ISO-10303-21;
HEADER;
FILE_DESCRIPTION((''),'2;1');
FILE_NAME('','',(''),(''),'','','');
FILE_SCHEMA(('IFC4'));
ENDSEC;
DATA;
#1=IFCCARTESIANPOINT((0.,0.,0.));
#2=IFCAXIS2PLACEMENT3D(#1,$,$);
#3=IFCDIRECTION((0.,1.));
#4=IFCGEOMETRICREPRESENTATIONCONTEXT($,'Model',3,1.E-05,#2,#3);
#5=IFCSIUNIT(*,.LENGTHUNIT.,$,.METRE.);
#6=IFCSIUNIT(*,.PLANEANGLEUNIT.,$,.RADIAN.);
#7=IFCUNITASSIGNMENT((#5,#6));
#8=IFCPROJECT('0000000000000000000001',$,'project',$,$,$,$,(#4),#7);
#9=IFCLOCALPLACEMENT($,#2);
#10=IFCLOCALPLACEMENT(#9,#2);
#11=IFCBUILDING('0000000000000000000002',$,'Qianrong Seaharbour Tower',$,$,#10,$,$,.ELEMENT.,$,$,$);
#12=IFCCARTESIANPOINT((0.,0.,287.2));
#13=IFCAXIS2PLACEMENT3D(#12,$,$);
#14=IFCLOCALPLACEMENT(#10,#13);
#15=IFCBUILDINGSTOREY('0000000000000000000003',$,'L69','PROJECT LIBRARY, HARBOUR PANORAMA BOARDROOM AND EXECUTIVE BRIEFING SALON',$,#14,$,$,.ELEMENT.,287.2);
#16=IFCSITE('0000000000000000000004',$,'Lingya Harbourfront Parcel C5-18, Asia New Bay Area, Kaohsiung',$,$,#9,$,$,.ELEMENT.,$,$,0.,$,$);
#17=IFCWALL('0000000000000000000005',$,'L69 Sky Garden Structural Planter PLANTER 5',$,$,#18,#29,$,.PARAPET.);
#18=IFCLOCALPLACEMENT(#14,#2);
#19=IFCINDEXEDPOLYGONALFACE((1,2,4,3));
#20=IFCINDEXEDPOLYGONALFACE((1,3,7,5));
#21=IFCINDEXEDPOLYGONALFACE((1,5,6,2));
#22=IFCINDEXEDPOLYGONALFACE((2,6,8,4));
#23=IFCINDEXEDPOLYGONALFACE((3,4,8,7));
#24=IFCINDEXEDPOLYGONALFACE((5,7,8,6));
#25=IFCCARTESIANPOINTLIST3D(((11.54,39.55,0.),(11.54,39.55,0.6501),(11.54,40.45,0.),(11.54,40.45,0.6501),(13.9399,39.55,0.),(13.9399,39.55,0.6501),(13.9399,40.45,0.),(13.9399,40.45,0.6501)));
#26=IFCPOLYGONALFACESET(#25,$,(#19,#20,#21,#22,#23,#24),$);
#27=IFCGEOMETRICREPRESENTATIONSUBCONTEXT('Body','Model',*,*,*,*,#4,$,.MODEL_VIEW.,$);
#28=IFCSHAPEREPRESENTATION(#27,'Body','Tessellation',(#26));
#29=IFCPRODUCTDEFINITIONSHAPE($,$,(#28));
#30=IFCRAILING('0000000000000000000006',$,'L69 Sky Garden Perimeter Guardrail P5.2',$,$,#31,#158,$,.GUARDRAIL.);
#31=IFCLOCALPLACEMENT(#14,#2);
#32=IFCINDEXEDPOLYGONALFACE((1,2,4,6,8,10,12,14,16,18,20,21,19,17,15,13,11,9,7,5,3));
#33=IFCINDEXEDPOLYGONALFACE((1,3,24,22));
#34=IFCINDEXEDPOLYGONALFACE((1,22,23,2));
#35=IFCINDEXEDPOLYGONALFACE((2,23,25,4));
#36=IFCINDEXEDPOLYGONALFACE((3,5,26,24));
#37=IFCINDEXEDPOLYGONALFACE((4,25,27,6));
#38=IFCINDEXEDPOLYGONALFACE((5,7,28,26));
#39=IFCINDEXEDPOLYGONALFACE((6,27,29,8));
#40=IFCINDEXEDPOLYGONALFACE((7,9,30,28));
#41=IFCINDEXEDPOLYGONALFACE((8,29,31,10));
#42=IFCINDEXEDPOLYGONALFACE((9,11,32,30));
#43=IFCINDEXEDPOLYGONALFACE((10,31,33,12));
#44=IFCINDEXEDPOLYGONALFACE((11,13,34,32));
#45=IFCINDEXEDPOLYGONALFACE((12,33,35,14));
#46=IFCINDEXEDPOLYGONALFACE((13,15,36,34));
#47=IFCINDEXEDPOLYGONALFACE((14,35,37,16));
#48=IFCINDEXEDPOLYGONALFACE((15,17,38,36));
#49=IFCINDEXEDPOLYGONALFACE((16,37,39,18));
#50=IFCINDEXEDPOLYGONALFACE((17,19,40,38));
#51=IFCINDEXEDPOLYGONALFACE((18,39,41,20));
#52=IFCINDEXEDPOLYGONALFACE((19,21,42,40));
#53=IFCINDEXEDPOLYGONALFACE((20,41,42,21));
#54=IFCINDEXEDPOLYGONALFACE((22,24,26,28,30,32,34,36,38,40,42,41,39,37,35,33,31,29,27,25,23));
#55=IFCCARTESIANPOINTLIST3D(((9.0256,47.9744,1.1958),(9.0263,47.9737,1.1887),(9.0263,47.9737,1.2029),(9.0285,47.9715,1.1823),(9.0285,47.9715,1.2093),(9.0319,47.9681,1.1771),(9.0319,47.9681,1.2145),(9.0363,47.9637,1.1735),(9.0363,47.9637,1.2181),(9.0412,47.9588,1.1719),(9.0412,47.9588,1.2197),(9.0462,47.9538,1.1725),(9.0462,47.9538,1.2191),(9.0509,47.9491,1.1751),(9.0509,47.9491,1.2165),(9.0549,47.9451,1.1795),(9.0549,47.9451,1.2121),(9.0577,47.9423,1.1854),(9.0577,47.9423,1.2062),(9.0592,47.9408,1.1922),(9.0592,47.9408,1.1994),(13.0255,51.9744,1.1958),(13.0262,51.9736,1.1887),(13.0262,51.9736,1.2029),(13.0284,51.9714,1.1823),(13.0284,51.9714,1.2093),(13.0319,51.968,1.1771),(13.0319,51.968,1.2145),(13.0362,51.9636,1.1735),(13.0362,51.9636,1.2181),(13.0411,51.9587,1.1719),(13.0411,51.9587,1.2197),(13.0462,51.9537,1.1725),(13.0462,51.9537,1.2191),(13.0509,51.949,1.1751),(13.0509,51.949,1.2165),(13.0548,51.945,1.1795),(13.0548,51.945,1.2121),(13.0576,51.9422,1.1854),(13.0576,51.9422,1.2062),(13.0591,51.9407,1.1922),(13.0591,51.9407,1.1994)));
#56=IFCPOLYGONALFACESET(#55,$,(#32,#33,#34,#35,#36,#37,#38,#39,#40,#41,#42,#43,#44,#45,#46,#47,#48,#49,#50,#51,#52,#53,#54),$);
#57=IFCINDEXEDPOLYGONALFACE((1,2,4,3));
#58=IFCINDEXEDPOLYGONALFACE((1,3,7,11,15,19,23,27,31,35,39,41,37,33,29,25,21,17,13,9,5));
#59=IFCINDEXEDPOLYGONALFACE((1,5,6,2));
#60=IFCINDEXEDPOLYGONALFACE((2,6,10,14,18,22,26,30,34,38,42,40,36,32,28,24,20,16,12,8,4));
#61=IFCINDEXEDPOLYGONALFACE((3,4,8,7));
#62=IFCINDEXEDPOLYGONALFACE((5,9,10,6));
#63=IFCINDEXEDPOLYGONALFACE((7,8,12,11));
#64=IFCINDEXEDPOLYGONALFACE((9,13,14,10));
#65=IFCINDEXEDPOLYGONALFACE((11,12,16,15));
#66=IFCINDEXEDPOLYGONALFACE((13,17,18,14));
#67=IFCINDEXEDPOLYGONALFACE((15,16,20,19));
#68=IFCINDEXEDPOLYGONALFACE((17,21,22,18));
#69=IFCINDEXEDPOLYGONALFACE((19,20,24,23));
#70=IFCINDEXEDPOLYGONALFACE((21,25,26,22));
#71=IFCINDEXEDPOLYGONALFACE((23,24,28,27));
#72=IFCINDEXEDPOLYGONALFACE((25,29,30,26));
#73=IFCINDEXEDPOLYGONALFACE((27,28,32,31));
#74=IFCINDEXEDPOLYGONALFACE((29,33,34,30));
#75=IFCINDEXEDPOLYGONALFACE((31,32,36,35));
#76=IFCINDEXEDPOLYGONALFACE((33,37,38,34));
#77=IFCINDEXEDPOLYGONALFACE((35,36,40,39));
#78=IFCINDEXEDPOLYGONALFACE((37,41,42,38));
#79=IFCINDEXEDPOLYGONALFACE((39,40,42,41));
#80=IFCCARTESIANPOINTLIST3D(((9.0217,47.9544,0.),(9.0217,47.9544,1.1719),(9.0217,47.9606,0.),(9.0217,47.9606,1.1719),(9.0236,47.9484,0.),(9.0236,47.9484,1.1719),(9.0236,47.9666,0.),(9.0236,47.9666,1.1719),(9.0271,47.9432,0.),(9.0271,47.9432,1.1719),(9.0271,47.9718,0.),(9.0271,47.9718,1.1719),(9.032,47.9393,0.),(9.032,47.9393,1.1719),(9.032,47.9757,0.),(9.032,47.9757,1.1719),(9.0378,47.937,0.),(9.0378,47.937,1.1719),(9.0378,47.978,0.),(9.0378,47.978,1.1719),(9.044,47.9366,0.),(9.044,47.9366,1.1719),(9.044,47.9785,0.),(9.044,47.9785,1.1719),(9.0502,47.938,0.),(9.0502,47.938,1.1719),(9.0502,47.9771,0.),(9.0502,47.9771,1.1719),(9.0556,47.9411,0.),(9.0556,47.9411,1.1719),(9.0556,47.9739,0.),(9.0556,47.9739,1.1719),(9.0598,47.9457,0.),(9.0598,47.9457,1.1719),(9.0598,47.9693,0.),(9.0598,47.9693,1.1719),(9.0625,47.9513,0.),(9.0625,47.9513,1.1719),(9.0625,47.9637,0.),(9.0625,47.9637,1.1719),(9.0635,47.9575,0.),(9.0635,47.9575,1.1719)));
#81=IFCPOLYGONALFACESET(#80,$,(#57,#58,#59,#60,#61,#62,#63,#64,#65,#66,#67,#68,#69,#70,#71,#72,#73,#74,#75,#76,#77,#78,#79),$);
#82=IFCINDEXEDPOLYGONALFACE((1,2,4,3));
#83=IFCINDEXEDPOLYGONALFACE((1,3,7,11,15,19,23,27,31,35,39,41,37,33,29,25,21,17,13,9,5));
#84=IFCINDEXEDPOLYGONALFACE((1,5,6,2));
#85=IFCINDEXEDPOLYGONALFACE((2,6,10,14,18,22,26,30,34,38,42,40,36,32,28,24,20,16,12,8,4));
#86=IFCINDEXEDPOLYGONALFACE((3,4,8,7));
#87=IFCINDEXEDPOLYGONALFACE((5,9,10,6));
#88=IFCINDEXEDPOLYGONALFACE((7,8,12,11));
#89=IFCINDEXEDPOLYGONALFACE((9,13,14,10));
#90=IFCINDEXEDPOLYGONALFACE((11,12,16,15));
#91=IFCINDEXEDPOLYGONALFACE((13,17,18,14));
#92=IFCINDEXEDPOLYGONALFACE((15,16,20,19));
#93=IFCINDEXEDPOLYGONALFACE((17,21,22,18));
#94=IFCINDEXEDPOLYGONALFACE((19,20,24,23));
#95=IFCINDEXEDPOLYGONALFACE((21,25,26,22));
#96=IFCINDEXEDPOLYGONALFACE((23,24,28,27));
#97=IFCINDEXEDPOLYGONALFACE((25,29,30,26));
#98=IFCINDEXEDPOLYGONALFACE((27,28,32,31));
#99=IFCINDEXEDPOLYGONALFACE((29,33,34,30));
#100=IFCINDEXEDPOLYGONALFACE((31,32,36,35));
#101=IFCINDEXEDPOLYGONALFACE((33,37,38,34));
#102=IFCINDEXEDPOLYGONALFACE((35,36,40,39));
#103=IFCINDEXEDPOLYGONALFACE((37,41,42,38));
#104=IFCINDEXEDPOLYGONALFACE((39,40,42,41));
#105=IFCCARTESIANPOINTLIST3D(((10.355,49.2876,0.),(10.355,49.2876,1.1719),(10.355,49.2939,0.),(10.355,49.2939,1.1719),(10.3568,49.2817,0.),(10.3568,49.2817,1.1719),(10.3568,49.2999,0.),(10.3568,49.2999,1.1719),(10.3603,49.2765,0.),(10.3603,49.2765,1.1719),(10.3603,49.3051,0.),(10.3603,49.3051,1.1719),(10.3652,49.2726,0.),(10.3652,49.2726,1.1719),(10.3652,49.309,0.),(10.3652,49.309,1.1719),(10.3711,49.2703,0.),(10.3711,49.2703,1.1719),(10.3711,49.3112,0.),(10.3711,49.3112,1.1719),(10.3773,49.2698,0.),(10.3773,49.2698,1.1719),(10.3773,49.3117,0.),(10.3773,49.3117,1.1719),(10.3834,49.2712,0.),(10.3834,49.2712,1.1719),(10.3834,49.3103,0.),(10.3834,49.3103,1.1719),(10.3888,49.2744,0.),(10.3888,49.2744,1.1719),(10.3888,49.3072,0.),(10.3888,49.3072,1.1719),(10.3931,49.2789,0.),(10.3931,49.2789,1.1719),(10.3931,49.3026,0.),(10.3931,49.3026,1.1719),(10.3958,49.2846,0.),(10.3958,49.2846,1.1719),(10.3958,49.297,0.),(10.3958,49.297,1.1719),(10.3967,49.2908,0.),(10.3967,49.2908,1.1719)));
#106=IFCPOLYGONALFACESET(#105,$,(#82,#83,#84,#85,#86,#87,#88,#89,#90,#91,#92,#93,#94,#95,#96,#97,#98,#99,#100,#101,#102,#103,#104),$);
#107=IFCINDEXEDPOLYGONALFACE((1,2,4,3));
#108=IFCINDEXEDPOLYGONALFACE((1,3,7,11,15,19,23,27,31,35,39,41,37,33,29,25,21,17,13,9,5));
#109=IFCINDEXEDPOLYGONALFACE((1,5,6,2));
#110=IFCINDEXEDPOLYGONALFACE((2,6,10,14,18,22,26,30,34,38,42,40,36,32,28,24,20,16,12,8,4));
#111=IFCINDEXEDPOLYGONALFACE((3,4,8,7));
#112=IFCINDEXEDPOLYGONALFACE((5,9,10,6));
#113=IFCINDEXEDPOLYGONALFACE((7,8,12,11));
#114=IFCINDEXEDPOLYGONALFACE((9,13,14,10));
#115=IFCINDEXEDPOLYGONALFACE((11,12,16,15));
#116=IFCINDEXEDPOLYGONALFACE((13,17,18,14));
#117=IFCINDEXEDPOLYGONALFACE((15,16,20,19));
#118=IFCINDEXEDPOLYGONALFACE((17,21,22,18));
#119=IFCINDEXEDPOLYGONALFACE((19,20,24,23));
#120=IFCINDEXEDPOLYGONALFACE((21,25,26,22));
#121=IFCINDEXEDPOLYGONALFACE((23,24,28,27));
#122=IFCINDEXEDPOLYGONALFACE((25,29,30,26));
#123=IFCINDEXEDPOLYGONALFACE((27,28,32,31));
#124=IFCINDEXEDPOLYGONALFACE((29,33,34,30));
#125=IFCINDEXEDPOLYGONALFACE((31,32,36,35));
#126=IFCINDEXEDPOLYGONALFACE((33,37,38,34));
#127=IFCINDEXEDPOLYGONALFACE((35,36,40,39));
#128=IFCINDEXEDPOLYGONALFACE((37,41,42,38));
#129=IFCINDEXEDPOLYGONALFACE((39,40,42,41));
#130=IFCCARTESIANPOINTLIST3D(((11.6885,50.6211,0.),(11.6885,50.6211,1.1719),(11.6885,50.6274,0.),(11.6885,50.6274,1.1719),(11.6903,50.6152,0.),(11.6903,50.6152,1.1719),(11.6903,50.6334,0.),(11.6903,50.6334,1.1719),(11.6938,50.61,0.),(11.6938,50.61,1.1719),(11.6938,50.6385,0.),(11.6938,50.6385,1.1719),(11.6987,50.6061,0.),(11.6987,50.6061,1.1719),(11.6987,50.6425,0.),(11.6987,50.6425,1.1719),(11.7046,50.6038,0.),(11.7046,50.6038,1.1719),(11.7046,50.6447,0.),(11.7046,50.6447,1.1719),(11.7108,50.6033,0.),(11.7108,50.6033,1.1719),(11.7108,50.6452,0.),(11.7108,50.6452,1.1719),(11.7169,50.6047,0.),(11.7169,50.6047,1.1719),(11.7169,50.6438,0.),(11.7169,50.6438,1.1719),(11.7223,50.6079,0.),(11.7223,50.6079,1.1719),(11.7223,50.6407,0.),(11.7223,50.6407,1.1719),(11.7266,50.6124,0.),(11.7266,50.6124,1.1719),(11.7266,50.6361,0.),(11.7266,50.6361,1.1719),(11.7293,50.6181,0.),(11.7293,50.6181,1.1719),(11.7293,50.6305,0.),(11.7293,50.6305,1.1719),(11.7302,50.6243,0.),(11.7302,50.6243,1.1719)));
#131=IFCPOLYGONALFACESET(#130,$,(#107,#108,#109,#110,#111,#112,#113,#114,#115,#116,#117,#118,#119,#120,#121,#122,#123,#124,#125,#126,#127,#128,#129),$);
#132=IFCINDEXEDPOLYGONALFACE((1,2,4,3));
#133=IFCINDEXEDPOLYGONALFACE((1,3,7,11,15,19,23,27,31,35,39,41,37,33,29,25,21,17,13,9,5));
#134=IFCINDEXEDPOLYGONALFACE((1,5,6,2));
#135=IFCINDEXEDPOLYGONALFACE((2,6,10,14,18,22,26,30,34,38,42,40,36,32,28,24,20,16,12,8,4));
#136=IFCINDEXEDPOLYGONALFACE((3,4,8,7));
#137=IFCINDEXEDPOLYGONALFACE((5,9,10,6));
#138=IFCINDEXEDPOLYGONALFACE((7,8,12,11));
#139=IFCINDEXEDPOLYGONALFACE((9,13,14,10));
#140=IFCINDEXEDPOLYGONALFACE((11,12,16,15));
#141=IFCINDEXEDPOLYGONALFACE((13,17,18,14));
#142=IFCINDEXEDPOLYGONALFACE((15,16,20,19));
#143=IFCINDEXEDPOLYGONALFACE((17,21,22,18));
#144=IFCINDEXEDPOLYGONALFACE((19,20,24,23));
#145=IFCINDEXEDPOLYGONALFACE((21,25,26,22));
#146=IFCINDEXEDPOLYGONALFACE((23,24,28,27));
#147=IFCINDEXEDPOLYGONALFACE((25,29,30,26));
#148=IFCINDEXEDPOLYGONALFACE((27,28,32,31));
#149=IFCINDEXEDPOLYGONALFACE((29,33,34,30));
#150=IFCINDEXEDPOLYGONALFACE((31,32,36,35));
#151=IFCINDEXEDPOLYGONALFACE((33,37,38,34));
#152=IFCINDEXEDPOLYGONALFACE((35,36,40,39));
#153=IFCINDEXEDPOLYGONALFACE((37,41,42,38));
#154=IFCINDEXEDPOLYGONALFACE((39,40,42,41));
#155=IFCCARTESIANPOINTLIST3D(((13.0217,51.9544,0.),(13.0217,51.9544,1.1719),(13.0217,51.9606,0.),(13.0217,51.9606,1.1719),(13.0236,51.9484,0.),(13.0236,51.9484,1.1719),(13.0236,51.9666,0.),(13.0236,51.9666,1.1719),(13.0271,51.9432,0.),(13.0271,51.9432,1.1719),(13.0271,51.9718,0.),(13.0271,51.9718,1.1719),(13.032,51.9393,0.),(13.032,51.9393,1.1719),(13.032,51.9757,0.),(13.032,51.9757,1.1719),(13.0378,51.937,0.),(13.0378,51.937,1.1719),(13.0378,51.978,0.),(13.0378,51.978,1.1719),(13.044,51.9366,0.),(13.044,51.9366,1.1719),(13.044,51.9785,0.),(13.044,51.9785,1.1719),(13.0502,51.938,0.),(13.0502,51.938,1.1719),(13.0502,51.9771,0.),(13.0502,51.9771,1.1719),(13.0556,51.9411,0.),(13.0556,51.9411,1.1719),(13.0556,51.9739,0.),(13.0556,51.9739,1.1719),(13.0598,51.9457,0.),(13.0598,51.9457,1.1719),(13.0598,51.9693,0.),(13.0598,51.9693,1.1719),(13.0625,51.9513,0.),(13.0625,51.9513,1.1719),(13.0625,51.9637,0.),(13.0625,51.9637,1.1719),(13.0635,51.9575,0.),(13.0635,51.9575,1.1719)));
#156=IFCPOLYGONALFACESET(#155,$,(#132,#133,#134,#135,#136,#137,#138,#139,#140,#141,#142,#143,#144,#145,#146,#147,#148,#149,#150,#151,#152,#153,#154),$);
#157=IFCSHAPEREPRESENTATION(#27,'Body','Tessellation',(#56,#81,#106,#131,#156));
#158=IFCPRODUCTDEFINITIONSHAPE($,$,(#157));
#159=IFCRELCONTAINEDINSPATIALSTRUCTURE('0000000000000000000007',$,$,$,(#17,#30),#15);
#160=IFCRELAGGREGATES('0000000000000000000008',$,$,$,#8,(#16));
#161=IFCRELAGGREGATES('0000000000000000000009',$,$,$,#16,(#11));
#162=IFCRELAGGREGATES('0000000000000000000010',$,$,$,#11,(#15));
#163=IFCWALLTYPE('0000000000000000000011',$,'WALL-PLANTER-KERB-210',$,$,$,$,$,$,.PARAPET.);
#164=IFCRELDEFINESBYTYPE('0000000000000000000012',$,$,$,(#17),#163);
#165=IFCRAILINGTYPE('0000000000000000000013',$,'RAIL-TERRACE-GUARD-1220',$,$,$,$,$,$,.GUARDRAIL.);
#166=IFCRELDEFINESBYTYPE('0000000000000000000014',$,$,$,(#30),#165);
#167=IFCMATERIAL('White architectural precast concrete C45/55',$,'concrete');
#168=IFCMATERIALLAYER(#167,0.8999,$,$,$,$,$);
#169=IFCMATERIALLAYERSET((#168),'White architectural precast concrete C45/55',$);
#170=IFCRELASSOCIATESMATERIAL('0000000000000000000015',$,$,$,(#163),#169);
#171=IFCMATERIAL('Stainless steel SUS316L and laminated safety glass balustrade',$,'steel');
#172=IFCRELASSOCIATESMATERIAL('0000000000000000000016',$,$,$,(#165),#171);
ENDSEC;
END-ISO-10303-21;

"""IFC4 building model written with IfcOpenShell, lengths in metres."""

from ifc_helpers import new_model, si_unit, direction, frame, frame_2d, origin, origin_2d, place, context, subcontext, project, spatial, rectangle, circle, extrude, material, layer, layer_set, type_object, element, save


model = new_model("IFC4")

# Units and contexts
model_context = context("Model", 3, precision=1e-05, world=origin(), true_north=direction((0.0, 1.0)))
body_context = subcontext(model_context, "Body", "Model", "MODEL_VIEW")
ifc_project = project(units=[si_unit("LENGTHUNIT", "METRE"), si_unit("PLANEANGLEUNIT", "RADIAN")], contexts=[model_context])

# Site, building, storey
site_placement = place(None, origin())
site = spatial("IfcSite", under=ifc_project, at=site_placement, Name="Lingya Harbourfront Parcel C5-18, Asia New Bay Area, Kaohsiung", CompositionType="ELEMENT", RefElevation=0.0)
building_placement = place(site_placement, origin())
building = spatial("IfcBuilding", under=site, at=building_placement, Name="Qianrong Seaharbour Tower", CompositionType="ELEMENT")
storey_placement = place(building_placement, frame((0.0, 0.0, 287.2)))
storey = spatial("IfcBuildingStorey", under=building, at=storey_placement, Name="L69", Description="PROJECT LIBRARY, HARBOUR PANORAMA BOARDROOM AND EXECUTIVE BRIEFING SALON", CompositionType="ELEMENT", Elevation=287.2)

# Wall
ifc_material_1 = material(Name="White architectural precast concrete C45/55", Category="concrete")
ifc_layer_1 = layer(ifc_material_1, 0.8999)
ifc_layer_set_1 = layer_set([ifc_layer_1], Name="White architectural precast concrete C45/55")
wall_type_1 = type_object("IfcWallType", Name="WALL-PLANTER-KERB-210", PredefinedType="PARAPET", material=ifc_layer_set_1)
wall_1_placement = place(storey_placement, frame((11.54, 40.0, 0.0), z_axis=(0.0, 0.0, 1.0), x_axis=(1.0, 0.0, 0.0)))
element("IfcWall", 1, at=wall_1_placement, inside=storey, type_object=wall_type_1, Name="L69 Sky Garden Structural Planter PLANTER 5", PredefinedType="PARAPET", context=body_context, shape_type="SweptSolid", body=[
    extrude(rectangle(XDim=2.3999, YDim=0.8999, at=frame_2d((1.2, 0.0))), origin(), (0.0, 0.0, 1.0), 0.6501),
])

# Railing
ifc_material_2 = material(Name="Stainless steel SUS316L and laminated safety glass balustrade", Category="steel")
railing_type = type_object("IfcRailingType", Name="RAIL-TERRACE-GUARD-1220", PredefinedType="GUARDRAIL", material=ifc_material_2)
railing_1_placement = place(storey_placement, frame((9.0425, 47.9575, 0.0)))
element("IfcRailing", 2, at=railing_1_placement, inside=storey, type_object=railing_type, Name="L69 Sky Garden Perimeter Guardrail P5.2", PredefinedType="GUARDRAIL", context=body_context, shape_type="SweptSolid", body=[
    extrude(circle(Radius=0.0239, at=origin_2d()), frame((0.0, 0.0, 1.1958), z_axis=(0.707107, 0.707107, 0.0), x_axis=(-0.707107, 0.707107, 0.0)), (0.0, 0.0, 1.0), 5.6567),
    extrude(circle(Radius=0.021, at=origin_2d()), origin(), (0.0, 0.0, 1.0), 1.1719),
    extrude(circle(Radius=0.021, at=origin_2d()), frame((1.3333, 1.3333, 0.0)), (0.0, 0.0, 1.0), 1.1719),
    extrude(circle(Radius=0.021, at=origin_2d()), frame((2.6667, 2.6667, 0.0)), (0.0, 0.0, 1.0), 1.1719),
    extrude(circle(Radius=0.021, at=origin_2d()), frame((4.0, 4.0, 0.0)), (0.0, 0.0, 1.0), 1.1719),
])

save(model, "model.ifc")
